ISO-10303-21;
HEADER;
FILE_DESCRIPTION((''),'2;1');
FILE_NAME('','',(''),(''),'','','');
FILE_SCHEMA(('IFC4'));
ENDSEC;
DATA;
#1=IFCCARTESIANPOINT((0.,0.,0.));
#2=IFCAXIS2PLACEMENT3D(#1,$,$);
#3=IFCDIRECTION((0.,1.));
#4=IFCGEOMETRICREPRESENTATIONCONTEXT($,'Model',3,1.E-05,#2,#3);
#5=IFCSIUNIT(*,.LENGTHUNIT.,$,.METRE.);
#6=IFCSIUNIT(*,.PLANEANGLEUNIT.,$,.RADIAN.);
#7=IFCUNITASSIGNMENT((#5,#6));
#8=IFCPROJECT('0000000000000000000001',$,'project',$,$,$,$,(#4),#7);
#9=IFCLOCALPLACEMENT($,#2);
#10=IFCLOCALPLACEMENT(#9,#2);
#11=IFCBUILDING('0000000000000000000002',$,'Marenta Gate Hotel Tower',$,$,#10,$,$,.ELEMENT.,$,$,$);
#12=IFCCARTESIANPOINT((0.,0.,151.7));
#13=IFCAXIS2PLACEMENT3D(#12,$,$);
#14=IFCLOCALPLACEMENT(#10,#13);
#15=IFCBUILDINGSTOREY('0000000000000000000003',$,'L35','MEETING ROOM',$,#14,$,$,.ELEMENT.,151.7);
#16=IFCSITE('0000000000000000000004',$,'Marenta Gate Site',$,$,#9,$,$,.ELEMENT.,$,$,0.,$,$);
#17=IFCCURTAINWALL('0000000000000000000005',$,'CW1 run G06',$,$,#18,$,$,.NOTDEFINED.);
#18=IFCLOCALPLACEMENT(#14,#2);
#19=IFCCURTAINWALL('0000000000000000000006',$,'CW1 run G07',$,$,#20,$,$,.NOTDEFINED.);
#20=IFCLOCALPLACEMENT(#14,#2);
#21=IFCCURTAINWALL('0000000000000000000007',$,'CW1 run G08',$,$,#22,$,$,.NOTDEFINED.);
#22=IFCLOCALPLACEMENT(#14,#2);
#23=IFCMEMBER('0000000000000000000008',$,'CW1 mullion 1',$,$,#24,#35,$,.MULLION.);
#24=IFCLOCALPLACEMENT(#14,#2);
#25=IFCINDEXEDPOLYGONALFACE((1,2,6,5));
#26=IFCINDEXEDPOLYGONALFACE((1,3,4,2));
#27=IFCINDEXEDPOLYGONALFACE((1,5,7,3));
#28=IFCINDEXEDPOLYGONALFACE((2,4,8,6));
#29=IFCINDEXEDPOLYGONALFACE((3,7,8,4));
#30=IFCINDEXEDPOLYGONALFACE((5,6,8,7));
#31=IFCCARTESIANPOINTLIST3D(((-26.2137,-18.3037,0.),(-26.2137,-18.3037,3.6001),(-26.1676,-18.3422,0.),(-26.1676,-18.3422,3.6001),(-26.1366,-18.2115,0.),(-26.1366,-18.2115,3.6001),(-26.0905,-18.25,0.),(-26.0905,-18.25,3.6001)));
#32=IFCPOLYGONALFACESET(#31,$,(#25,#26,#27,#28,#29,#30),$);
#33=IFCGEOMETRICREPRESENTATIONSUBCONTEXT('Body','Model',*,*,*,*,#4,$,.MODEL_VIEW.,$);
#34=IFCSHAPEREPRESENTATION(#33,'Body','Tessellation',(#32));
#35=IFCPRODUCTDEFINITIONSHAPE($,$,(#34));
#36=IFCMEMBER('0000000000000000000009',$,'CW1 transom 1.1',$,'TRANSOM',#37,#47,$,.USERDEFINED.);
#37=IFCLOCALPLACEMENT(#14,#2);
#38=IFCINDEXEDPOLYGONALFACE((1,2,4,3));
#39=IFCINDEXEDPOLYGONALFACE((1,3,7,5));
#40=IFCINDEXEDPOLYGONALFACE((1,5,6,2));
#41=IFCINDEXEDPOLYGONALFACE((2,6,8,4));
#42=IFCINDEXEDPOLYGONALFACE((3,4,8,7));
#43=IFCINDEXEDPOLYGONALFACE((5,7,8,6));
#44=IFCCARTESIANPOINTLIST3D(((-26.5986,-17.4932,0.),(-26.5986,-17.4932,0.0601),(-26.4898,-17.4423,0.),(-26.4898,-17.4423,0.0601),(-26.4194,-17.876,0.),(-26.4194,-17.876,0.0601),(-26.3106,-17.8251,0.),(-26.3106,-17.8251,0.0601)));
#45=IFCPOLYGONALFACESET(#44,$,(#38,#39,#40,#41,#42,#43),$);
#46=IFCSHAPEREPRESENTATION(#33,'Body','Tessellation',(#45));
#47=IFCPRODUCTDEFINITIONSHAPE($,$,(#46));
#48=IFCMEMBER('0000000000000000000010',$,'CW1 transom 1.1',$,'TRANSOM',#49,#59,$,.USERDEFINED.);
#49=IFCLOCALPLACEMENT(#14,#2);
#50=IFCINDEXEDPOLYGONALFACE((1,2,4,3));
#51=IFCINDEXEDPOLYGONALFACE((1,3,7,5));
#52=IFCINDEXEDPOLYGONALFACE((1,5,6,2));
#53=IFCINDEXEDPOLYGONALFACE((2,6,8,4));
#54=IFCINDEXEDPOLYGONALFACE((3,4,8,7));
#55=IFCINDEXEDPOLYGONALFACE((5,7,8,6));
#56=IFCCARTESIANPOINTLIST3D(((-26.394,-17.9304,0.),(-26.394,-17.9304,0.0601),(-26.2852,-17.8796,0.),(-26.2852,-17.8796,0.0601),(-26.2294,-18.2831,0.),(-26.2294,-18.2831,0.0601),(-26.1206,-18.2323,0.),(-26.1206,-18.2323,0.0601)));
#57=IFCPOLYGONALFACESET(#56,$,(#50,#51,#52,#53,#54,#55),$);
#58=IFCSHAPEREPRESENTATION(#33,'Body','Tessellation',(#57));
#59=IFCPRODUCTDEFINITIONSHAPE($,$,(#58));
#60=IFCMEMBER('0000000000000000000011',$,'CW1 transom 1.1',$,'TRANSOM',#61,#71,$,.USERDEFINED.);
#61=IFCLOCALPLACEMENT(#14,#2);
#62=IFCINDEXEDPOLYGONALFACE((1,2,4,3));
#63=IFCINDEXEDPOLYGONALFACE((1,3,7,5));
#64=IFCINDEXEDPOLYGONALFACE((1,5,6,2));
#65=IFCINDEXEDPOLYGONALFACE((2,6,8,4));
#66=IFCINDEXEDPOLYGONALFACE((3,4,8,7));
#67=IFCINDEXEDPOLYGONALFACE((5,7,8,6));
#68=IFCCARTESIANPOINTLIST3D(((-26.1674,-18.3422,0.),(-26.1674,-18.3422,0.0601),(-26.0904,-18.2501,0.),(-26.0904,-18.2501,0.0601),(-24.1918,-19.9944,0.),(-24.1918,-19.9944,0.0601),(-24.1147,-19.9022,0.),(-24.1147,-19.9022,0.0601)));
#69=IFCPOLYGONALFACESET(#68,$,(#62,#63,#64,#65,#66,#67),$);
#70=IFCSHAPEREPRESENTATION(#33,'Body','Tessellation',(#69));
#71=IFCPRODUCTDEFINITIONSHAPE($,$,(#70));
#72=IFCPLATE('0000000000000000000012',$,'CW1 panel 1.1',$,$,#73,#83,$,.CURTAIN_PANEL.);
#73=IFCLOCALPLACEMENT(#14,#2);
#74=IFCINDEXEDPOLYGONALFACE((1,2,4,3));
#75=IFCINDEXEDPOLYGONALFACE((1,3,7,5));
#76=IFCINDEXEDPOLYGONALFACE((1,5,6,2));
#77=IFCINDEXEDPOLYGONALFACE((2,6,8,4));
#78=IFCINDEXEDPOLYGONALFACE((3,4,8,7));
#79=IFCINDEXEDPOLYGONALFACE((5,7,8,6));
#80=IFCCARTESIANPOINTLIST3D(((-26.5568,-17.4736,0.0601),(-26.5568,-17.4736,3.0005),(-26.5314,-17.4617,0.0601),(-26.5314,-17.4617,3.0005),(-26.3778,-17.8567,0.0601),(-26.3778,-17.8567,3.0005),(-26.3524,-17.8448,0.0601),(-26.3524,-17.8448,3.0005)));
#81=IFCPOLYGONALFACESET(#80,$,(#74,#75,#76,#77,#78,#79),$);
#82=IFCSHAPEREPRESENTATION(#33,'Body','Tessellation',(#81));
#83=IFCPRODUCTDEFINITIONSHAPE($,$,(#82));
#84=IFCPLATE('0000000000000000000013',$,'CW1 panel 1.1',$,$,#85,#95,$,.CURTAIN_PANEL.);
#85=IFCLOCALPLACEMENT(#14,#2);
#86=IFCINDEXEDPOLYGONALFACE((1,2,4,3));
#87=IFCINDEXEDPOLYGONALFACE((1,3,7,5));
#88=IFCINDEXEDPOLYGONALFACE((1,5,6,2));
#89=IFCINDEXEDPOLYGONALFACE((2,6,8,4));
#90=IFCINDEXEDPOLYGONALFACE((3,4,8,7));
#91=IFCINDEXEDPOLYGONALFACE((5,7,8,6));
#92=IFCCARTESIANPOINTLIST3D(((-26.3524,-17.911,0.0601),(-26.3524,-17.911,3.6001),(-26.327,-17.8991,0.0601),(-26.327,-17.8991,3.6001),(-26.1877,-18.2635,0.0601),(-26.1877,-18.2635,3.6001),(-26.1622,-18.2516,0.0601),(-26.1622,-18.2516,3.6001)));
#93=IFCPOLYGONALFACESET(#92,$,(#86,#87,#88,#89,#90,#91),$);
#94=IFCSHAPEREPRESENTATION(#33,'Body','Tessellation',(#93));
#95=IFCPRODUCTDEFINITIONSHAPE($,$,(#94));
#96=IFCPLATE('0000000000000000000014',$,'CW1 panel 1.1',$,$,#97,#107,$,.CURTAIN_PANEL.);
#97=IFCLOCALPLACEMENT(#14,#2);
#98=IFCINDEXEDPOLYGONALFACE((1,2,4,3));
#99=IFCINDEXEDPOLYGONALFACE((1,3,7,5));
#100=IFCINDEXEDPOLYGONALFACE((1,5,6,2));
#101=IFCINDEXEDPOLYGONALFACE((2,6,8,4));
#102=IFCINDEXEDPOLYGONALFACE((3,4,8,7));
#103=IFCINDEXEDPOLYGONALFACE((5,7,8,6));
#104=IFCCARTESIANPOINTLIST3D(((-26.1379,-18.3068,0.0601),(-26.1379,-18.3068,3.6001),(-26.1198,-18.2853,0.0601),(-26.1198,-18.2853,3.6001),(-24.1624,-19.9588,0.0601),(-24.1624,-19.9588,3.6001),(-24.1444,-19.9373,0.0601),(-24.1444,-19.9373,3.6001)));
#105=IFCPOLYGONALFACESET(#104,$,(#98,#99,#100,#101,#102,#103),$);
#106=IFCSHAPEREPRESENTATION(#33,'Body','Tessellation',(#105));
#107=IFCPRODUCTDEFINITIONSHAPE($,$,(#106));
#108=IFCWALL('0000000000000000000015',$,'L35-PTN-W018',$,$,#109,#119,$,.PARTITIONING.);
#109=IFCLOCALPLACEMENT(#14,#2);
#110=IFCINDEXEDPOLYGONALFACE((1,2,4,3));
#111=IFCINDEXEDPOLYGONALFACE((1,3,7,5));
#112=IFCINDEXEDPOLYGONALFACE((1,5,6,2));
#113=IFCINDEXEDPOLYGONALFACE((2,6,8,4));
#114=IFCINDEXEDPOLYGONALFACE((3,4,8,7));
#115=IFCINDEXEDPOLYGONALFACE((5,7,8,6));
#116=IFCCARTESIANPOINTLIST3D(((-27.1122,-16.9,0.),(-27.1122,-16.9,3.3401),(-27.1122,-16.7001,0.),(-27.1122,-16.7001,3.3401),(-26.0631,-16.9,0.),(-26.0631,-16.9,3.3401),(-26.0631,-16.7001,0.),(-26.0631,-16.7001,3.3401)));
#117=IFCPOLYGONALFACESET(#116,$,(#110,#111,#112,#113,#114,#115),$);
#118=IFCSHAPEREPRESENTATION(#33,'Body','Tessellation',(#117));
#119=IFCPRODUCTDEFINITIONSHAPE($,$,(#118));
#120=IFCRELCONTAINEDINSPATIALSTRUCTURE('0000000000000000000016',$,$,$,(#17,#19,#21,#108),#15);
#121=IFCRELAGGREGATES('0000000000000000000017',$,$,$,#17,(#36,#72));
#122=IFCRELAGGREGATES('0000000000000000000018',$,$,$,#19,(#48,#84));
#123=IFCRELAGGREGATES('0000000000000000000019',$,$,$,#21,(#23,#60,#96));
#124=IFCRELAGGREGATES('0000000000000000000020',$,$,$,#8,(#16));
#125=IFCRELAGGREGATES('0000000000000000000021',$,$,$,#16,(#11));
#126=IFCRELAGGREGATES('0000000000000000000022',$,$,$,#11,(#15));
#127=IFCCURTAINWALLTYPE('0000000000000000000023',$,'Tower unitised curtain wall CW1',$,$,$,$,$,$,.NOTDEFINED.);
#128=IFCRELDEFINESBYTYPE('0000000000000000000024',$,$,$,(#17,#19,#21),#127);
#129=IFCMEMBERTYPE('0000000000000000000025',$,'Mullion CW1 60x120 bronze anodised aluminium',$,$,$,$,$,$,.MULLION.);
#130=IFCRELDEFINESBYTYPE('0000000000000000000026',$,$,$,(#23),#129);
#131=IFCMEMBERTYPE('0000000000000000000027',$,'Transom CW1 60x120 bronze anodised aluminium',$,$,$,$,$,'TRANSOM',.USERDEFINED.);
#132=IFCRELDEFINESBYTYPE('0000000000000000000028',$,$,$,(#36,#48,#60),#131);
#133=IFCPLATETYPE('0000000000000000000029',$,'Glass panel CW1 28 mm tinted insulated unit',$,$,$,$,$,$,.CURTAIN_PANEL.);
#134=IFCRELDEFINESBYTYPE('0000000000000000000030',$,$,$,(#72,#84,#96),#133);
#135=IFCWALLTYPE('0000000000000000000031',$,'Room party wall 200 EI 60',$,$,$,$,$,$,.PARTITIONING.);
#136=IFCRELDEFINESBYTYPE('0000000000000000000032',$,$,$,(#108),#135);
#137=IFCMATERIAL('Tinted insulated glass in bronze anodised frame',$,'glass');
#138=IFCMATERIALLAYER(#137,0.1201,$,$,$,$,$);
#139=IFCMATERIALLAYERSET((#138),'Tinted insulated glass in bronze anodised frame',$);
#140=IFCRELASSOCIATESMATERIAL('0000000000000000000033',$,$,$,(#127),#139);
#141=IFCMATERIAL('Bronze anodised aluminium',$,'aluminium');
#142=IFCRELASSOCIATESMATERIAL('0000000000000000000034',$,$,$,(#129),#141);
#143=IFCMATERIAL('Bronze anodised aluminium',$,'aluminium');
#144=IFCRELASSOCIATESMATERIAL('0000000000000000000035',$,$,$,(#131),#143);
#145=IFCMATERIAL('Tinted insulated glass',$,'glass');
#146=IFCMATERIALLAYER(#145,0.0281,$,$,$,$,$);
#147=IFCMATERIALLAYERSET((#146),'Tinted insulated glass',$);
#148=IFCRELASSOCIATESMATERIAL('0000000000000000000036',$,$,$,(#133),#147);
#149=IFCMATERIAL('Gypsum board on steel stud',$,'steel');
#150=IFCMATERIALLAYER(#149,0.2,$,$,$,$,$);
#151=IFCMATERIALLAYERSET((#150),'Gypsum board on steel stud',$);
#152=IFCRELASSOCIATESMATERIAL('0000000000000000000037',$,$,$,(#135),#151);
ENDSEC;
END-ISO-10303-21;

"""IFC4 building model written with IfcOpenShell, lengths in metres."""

from ifc_helpers import new_model, si_unit, direction, frame, frame_2d, origin, origin_2d, place, context, subcontext, project, spatial, rectangle, extrude, material, layer, layer_set, material_profile, profile_set, type_object, element, aggregate, save


model = new_model("IFC4")

# Units and contexts
model_context = context("Model", 3, precision=1e-05, world=origin(), true_north=direction((0.0, 1.0)))
body_context = subcontext(model_context, "Body", "Model", "MODEL_VIEW")
ifc_project = project(units=[si_unit("LENGTHUNIT", "METRE"), si_unit("PLANEANGLEUNIT", "RADIAN")], contexts=[model_context])

# Site, building, storey
site_placement = place(None, origin())
site = spatial("IfcSite", under=ifc_project, at=site_placement, Name="Marenta Gate Site", CompositionType="ELEMENT", RefElevation=0.0)
building_placement = place(site_placement, origin())
building = spatial("IfcBuilding", under=site, at=building_placement, Name="Marenta Gate Hotel Tower", CompositionType="ELEMENT")
storey_placement = place(building_placement, frame((0.0, 0.0, 151.7)))
storey = spatial("IfcBuildingStorey", under=building, at=storey_placement, Name="L35", Description="MEETING ROOM", CompositionType="ELEMENT", Elevation=151.7)

# Curtain walls, member
ifc_material_1 = material(Name="Tinted insulated glass in bronze anodised frame", Category="glass")
ifc_layer_1 = layer(ifc_material_1, 0.1201)
ifc_layer_set_1 = layer_set([ifc_layer_1], Name="Tinted insulated glass in bronze anodised frame")
curtain_wall_type = type_object("IfcCurtainWallType", Name="Tower unitised curtain wall CW1", PredefinedType="NOTDEFINED", material=ifc_layer_set_1)
curtain_wall_1_placement = place(storey_placement, origin())
curtain_wall_1 = element("IfcCurtainWall", 1, at=curtain_wall_1_placement, inside=storey, type_object=curtain_wall_type, Name="CW1 run G06", PredefinedType="NOTDEFINED")
ifc_material_2 = material(Name="Bronze anodised aluminium", Category="aluminium")
ifc_material_profile_1 = material_profile(ifc_material_2, rectangle(XDim=0.1201, YDim=0.0601, at=origin_2d()), Name="Mullion CW1 60x120 bronze anodised aluminium")
ifc_profile_set_1 = profile_set([ifc_material_profile_1], Name="Bronze anodised aluminium")
member_type_1 = type_object("IfcMemberType", Name="Mullion CW1 60x120 bronze anodised aluminium", PredefinedType="MULLION", material=ifc_profile_set_1)
curtain_wall_2_placement = place(storey_placement, origin())
curtain_wall_2 = element("IfcCurtainWall", 2, at=curtain_wall_2_placement, inside=storey, type_object=curtain_wall_type, Name="CW1 run G07", PredefinedType="NOTDEFINED")
curtain_wall_3_placement = place(storey_placement, origin())
curtain_wall_3 = element("IfcCurtainWall", 3, at=curtain_wall_3_placement, inside=storey, type_object=curtain_wall_type, Name="CW1 run G08", PredefinedType="NOTDEFINED")
member_1_placement = place(storey_placement, frame((-26.1521, -18.2769, 0.0), z_axis=(0.0, 0.0, 1.0), x_axis=(0.641512, 0.767113, 0.0)))
member_1 = element("IfcMember", 4, at=member_1_placement, type_object=member_type_1, Name="CW1 mullion 1", PredefinedType="MULLION", context=body_context, shape_type="SweptSolid", body=[
    extrude(rectangle(XDim=0.1201, YDim=0.0601, at=origin_2d()), origin(), (0.0, 0.0, 1.0), 3.6001),
])

# Members
ifc_material_3 = material(Name="Bronze anodised aluminium", Category="aluminium")
ifc_material_profile_2 = material_profile(ifc_material_3, rectangle(XDim=0.1201, YDim=0.0601, at=origin_2d()), Name="Transom CW1 60x120 bronze anodised aluminium")
ifc_profile_set_2 = profile_set([ifc_material_profile_2], Name="Bronze anodised aluminium")
member_type_2 = type_object("IfcMemberType", Name="Transom CW1 60x120 bronze anodised aluminium", ElementType="TRANSOM", PredefinedType="USERDEFINED", material=ifc_profile_set_2)
member_2_placement = place(storey_placement, frame((-26.5442, -17.4678, 0.03), z_axis=(0.42396, -0.905681, 0.0), x_axis=(0.905681, 0.42396, 0.0)))
member_2 = element("IfcMember", 5, at=member_2_placement, type_object=member_type_2, Name="CW1 transom 1.1", ObjectType="TRANSOM", PredefinedType="USERDEFINED", context=body_context, shape_type="SweptSolid", body=[
    extrude(rectangle(XDim=0.1201, YDim=0.0601, at=origin_2d()), origin(), (0.0, 0.0, 1.0), 0.4226),
])
member_3_placement = place(storey_placement, frame((-26.3396, -17.905, 0.03), z_axis=(0.422954, -0.906151, 0.0), x_axis=(0.906151, 0.422954, 0.0)))
member_3 = element("IfcMember", 6, at=member_3_placement, type_object=member_type_2, Name="CW1 transom 1.1", ObjectType="TRANSOM", PredefinedType="USERDEFINED", context=body_context, shape_type="SweptSolid", body=[
    extrude(rectangle(XDim=0.1201, YDim=0.0601, at=origin_2d()), origin(), (0.0, 0.0, 1.0), 0.3892),
])
member_4_placement = place(storey_placement, frame((-26.1289, -18.2961, 0.03), z_axis=(0.767117, -0.641508, 0.0), x_axis=(0.641508, 0.767117, 0.0)))
member_4 = element("IfcMember", 7, at=member_4_placement, type_object=member_type_2, Name="CW1 transom 1.1", ObjectType="TRANSOM", PredefinedType="USERDEFINED", context=body_context, shape_type="SweptSolid", body=[
    extrude(rectangle(XDim=0.1201, YDim=0.0601, at=origin_2d()), origin(), (0.0, 0.0, 1.0), 2.5754),
])

# Plates
ifc_material_4 = material(Name="Tinted insulated glass", Category="glass")
ifc_layer_2 = layer(ifc_material_4, 0.0281)
ifc_layer_set_2 = layer_set([ifc_layer_2], Name="Tinted insulated glass")
plate_type = type_object("IfcPlateType", Name="Glass panel CW1 28 mm tinted insulated unit", PredefinedType="CURTAIN_PANEL", material=ifc_layer_set_2)
plate_1_placement = place(storey_placement, frame((-26.4546, -17.6592, 0.0601), z_axis=(0.0, 0.0, 1.0), x_axis=(0.423362, -0.905961, 0.0)))
plate_1 = element("IfcPlate", 8, at=plate_1_placement, type_object=plate_type, Name="CW1 panel 1.1", PredefinedType="CURTAIN_PANEL", context=body_context, shape_type="SweptSolid", body=[
    extrude(rectangle(XDim=0.4229, YDim=0.0281, at=origin_2d()), origin(), (0.0, 0.0, 1.0), 2.9404),
])
aggregate(curtain_wall_1, [member_2, plate_1])
plate_2_placement = place(storey_placement, frame((-26.2573, -18.0813, 0.0601), z_axis=(0.0, 0.0, 1.0), x_axis=(0.423275, -0.906001, 0.0)))
plate_2 = element("IfcPlate", 9, at=plate_2_placement, type_object=plate_type, Name="CW1 panel 1.1", PredefinedType="CURTAIN_PANEL", context=body_context, shape_type="SweptSolid", body=[
    extrude(rectangle(XDim=0.3892, YDim=0.0281, at=origin_2d()), origin(), (0.0, 0.0, 1.0), 3.54),
])
aggregate(curtain_wall_2, [member_3, plate_2])
plate_3_placement = place(storey_placement, frame((-25.1411, -19.1221, 0.0601), z_axis=(0.0, 0.0, 1.0), x_axis=(0.767113, -0.641512, 0.0)))
plate_3 = element("IfcPlate", 10, at=plate_3_placement, type_object=plate_type, Name="CW1 panel 1.1", PredefinedType="CURTAIN_PANEL", context=body_context, shape_type="SweptSolid", body=[
    extrude(rectangle(XDim=2.5752, YDim=0.0281, at=origin_2d()), origin(), (0.0, 0.0, 1.0), 3.54),
])
aggregate(curtain_wall_3, [member_1, member_4, plate_3])

# Wall
ifc_material_5 = material(Name="Gypsum board on steel stud", Category="steel")
ifc_layer_3 = layer(ifc_material_5, 0.2)
ifc_layer_set_3 = layer_set([ifc_layer_3], Name="Gypsum board on steel stud")
wall_type = type_object("IfcWallType", Name="Room party wall 200 EI 60", PredefinedType="PARTITIONING", material=ifc_layer_set_3)
wall_placement = place(storey_placement, frame((-27.1121, -16.8, 0.0), z_axis=(0.0, 0.0, 1.0), x_axis=(1.0, 0.0, 0.0)))
element("IfcWall", 11, at=wall_placement, inside=storey, type_object=wall_type, Name="L35-PTN-W018", PredefinedType="PARTITIONING", context=body_context, shape_type="SweptSolid", body=[
    extrude(rectangle(XDim=1.0491, YDim=0.2, at=frame_2d((0.5244, 0.0))), origin(), (0.0, 0.0, 1.0), 3.3401),
])

save(model, "model.ifc")
